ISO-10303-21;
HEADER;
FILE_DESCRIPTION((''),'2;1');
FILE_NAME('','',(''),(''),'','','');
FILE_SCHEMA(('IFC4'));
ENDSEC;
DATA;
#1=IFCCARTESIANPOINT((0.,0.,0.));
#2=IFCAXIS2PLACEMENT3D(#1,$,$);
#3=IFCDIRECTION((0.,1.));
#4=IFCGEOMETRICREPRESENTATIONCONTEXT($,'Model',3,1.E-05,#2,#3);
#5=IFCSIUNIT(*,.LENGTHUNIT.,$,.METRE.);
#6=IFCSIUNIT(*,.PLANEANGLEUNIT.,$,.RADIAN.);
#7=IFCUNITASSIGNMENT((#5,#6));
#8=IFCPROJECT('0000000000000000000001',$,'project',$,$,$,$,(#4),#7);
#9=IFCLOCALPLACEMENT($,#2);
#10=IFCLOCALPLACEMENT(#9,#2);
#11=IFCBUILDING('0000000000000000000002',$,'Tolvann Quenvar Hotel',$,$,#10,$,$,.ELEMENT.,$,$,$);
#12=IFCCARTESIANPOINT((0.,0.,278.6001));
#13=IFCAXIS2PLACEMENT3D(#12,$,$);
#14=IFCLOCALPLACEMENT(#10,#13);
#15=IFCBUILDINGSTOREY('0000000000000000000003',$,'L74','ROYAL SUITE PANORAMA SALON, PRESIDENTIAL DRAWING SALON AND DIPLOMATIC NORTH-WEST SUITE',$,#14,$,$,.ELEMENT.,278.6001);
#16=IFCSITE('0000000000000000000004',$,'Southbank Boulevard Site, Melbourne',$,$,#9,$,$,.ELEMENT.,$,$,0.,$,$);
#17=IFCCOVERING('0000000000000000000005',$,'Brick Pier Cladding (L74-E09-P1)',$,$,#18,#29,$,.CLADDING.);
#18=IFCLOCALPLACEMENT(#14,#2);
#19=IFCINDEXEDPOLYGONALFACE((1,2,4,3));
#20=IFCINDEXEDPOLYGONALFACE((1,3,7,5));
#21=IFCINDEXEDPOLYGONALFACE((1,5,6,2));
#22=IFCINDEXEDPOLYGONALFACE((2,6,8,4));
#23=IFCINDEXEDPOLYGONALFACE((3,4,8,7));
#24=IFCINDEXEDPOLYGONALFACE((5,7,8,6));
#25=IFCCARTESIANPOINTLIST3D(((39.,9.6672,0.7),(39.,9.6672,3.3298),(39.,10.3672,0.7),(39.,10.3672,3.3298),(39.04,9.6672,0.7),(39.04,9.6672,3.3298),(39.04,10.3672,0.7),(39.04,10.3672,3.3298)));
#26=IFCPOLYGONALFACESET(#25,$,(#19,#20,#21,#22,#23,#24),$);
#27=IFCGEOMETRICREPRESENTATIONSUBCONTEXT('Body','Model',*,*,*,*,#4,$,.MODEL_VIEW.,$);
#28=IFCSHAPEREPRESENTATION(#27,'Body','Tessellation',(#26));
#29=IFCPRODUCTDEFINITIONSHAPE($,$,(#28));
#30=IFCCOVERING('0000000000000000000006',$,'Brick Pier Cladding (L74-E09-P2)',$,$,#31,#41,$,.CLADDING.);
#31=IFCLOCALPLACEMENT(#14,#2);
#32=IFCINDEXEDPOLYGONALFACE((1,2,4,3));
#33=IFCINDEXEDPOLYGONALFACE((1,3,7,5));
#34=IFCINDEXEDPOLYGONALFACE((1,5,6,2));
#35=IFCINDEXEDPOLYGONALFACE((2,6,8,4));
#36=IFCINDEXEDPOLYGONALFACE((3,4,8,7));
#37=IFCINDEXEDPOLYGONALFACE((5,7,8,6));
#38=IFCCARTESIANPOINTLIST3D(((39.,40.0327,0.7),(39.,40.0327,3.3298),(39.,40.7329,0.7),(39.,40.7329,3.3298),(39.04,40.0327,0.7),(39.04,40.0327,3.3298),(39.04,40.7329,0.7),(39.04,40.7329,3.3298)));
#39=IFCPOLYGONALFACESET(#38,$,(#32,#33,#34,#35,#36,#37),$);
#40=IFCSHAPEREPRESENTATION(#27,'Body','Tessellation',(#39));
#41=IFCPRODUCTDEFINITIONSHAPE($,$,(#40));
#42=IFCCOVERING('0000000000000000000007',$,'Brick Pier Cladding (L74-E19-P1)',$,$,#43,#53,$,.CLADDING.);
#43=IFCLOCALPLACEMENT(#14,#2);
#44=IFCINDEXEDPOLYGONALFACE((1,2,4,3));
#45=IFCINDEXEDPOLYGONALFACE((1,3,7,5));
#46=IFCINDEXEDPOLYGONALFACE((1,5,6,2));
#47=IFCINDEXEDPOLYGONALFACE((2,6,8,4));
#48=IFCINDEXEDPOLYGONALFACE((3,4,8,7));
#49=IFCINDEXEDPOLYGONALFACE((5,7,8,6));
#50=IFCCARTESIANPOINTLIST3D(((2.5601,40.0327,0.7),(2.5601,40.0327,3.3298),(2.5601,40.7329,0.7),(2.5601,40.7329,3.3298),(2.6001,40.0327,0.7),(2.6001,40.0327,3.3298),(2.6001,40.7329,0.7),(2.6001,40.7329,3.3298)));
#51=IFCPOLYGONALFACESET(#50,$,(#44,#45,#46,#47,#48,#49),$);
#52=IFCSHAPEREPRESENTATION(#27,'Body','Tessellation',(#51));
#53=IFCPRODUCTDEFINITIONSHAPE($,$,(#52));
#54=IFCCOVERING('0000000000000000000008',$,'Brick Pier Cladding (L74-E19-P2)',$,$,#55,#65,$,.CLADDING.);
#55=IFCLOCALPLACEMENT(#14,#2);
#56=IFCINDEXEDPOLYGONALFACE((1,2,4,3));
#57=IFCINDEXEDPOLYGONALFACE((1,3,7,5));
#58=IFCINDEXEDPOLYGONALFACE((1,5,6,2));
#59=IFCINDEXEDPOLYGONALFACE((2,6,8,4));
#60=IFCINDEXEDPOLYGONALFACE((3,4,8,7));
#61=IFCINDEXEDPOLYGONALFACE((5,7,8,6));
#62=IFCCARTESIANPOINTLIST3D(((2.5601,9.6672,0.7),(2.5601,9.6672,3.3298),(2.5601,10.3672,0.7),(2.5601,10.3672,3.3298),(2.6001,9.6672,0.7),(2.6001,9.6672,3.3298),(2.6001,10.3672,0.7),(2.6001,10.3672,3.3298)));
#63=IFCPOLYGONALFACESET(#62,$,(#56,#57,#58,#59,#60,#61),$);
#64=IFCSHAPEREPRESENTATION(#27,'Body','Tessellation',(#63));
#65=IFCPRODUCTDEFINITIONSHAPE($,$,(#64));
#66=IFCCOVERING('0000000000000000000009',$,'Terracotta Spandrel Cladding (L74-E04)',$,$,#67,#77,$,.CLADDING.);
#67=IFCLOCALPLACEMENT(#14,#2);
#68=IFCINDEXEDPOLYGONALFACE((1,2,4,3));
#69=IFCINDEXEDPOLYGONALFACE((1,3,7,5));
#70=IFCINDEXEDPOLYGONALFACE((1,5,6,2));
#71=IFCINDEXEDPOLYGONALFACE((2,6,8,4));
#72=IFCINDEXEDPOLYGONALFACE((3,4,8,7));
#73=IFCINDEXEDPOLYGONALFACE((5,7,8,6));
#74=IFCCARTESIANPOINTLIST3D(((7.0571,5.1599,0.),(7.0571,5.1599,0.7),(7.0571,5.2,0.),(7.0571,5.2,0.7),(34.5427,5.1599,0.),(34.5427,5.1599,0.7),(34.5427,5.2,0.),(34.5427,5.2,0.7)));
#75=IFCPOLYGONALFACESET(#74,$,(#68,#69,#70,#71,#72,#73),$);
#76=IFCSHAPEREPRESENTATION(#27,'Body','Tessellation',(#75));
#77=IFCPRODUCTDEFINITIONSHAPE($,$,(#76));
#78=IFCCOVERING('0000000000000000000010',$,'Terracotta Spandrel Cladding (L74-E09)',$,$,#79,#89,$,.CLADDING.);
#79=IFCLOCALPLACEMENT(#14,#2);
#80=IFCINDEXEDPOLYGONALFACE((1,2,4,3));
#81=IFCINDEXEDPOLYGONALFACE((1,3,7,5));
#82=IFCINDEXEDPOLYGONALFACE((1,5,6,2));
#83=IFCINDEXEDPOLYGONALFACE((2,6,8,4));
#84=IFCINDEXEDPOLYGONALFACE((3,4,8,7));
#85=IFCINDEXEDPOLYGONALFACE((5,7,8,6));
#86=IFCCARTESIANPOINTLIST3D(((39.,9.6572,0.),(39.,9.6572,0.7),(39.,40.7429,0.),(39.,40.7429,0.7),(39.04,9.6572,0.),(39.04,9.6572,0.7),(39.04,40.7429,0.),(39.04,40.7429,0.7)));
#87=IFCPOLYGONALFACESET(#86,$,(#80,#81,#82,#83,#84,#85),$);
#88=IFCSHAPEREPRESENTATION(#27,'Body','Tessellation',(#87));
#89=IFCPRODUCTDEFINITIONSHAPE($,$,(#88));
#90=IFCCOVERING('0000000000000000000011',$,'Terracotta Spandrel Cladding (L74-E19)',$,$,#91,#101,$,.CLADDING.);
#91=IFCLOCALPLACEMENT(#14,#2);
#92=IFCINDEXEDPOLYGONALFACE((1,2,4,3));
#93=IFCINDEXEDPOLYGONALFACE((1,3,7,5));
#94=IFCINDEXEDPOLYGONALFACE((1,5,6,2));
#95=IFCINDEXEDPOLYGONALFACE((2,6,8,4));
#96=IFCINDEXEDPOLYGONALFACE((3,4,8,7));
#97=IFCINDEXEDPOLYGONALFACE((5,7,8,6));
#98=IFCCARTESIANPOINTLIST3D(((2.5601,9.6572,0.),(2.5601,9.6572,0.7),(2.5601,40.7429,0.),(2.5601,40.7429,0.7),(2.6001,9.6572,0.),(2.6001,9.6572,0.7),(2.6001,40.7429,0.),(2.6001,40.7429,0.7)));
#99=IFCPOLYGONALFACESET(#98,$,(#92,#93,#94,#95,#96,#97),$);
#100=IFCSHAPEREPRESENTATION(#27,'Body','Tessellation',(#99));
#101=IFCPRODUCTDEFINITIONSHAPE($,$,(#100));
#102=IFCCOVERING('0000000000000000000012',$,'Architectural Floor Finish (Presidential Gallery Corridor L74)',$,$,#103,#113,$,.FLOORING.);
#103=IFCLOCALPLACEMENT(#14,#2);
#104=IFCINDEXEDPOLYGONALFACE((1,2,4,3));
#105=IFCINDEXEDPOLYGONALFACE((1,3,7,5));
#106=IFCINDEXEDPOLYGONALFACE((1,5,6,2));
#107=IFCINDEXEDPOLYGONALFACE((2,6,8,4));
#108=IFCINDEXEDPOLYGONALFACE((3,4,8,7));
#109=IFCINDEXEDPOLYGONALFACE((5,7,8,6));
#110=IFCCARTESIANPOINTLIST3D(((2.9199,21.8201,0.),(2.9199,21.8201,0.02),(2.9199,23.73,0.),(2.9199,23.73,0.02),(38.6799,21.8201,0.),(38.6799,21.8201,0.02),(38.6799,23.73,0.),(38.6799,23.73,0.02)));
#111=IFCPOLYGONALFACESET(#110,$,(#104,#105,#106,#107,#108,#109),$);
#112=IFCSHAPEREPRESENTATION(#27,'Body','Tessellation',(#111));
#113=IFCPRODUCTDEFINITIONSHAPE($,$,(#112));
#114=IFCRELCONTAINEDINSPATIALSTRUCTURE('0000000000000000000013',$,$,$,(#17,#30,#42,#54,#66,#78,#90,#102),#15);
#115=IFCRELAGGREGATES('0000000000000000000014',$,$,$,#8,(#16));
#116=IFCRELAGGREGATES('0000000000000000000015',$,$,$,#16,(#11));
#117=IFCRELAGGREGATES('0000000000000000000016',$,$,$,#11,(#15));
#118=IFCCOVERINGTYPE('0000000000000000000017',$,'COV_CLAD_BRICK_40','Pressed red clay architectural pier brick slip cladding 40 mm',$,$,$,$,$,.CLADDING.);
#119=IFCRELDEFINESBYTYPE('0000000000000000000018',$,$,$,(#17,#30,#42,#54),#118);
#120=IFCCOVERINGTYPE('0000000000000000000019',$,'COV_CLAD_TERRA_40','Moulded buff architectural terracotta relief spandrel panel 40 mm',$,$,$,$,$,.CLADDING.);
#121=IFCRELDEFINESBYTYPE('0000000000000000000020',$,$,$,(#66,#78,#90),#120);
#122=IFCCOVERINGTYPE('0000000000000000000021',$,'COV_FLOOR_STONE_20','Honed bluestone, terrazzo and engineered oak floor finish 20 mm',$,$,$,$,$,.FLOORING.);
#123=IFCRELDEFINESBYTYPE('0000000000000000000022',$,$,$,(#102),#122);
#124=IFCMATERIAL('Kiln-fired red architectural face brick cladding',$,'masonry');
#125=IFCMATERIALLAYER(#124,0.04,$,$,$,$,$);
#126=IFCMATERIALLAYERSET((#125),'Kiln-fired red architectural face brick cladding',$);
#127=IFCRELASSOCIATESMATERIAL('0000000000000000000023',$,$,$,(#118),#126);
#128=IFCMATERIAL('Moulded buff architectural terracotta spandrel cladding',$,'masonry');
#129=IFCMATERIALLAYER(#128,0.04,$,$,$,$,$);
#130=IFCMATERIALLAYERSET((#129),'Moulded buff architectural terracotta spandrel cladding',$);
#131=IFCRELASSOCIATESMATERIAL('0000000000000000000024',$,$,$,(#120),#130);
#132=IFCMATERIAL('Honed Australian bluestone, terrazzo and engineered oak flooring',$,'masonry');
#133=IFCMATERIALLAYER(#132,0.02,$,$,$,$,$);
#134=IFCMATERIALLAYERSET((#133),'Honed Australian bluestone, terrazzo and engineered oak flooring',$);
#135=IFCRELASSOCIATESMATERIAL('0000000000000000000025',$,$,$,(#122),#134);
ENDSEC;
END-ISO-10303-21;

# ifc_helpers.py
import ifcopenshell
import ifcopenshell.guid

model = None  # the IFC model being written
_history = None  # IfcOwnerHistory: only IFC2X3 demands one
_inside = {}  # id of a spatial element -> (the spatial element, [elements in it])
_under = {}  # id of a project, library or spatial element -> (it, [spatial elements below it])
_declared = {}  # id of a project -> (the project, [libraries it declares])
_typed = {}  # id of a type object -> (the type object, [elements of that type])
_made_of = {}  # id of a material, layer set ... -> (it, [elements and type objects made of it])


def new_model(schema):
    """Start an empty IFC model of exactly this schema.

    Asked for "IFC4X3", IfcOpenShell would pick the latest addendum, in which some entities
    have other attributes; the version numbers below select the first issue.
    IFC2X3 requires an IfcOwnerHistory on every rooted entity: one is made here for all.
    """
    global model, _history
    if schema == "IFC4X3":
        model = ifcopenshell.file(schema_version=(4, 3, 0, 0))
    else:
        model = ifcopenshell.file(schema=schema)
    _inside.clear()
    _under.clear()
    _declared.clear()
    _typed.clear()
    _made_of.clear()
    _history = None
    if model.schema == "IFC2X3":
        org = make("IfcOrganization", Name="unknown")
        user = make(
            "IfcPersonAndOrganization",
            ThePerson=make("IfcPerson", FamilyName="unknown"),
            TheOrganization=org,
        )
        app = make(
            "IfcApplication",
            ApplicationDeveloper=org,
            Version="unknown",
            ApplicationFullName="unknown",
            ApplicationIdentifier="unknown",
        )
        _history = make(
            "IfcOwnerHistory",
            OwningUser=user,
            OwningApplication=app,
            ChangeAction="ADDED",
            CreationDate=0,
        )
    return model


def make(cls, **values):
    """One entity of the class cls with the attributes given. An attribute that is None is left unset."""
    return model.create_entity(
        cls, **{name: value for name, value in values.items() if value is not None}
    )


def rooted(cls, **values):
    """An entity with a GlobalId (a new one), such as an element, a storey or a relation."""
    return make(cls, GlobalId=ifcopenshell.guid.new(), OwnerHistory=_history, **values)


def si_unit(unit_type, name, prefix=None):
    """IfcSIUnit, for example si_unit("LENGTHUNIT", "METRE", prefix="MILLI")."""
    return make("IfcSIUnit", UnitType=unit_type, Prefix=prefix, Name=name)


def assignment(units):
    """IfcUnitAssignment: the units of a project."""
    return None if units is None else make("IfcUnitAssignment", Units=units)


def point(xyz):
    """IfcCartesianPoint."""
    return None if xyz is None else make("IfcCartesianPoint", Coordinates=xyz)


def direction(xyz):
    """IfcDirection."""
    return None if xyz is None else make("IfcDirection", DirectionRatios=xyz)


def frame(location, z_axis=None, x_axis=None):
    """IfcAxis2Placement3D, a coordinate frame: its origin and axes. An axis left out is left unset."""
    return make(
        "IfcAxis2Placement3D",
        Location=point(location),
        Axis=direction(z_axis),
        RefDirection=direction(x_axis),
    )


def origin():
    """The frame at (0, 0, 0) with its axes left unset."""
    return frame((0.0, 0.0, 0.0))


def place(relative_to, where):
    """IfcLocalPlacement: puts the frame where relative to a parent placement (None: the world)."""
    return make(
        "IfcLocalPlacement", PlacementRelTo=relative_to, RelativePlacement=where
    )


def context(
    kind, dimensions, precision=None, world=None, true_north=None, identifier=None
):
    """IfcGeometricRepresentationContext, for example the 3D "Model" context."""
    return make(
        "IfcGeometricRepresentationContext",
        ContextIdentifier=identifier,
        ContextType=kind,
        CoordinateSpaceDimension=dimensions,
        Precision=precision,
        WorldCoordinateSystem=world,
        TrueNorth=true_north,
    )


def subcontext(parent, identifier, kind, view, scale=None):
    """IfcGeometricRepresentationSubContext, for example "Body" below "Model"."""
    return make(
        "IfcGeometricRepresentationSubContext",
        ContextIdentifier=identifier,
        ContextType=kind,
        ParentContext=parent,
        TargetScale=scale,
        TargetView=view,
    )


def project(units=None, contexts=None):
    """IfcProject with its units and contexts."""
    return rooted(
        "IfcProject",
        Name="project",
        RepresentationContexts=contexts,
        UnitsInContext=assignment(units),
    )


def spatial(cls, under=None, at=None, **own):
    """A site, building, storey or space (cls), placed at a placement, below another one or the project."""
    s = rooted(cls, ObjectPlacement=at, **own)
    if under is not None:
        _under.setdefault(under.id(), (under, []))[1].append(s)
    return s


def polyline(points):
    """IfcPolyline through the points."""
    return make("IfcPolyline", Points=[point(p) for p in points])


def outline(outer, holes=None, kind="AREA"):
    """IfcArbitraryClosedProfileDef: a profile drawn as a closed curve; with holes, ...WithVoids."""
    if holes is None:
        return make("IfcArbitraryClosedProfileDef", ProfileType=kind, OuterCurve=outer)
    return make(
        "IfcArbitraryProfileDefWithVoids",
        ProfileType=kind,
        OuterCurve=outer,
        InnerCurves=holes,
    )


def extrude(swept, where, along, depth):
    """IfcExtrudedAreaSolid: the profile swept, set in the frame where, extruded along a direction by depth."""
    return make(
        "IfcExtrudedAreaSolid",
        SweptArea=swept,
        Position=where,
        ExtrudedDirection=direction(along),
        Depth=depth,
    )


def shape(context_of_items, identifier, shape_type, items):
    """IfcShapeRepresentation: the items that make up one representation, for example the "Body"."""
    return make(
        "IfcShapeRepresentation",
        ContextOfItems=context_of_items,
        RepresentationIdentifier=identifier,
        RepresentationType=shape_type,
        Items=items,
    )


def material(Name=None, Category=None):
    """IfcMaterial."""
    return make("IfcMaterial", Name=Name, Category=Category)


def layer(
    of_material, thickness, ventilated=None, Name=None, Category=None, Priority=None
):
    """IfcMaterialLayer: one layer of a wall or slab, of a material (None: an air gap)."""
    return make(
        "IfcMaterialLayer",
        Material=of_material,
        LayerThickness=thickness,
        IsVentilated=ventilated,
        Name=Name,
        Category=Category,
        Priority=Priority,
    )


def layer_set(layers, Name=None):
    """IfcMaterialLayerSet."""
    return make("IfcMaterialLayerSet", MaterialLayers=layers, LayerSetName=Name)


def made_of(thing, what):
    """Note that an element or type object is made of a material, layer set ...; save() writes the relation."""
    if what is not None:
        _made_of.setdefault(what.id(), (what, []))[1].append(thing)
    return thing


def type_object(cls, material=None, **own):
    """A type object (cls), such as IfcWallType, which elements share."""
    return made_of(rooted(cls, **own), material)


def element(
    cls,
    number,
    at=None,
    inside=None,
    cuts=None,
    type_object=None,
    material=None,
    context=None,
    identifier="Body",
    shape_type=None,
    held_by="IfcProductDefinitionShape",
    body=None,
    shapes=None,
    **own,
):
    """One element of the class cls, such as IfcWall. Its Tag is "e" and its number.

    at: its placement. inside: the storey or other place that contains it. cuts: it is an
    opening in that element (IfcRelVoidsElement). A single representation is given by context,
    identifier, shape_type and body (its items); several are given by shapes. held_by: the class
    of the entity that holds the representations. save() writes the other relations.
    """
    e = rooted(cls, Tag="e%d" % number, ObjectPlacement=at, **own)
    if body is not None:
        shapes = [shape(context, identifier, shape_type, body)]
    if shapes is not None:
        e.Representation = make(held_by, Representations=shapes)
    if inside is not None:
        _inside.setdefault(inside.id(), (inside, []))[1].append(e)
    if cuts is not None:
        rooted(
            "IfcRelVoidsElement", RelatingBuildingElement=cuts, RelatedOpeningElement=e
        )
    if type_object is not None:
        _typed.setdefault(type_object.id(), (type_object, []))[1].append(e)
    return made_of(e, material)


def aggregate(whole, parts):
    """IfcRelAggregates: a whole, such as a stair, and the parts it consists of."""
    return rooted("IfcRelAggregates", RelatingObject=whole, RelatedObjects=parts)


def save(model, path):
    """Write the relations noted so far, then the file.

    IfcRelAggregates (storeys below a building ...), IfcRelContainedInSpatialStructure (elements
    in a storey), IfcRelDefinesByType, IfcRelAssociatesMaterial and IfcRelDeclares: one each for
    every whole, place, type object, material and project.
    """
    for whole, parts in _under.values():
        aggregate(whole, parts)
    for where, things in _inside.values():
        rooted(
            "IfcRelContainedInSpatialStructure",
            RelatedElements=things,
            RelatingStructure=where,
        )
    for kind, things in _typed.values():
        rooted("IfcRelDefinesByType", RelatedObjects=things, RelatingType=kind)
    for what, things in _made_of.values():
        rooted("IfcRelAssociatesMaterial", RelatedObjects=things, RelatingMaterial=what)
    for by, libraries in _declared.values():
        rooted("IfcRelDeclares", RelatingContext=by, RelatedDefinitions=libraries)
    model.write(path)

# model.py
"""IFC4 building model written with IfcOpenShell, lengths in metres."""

from ifc_helpers import new_model, si_unit, direction, frame, origin, place, context, subcontext, project, spatial, polyline, outline, extrude, material, layer, layer_set, type_object, element, save


model = new_model("IFC4")

# Units and contexts
model_context = context("Model", 3, precision=1e-05, world=origin(), true_north=direction((0.0, 1.0)))
body_context = subcontext(model_context, "Body", "Model", "MODEL_VIEW")
ifc_project = project(units=[si_unit("LENGTHUNIT", "METRE"), si_unit("PLANEANGLEUNIT", "RADIAN")], contexts=[model_context])

# Site, building, storey
site_placement = place(None, origin())
site = spatial("IfcSite", under=ifc_project, at=site_placement, Name="Southbank Boulevard Site, Melbourne", CompositionType="ELEMENT", RefElevation=0.0)
building_placement = place(site_placement, origin())
building = spatial("IfcBuilding", under=site, at=building_placement, Name="Tolvann Quenvar Hotel", CompositionType="ELEMENT")
storey_placement = place(building_placement, frame((0.0, 0.0, 278.6001)))
storey = spatial("IfcBuildingStorey", under=building, at=storey_placement, Name="L74", Description="ROYAL SUITE PANORAMA SALON, PRESIDENTIAL DRAWING SALON AND DIPLOMATIC NORTH-WEST SUITE", CompositionType="ELEMENT", Elevation=278.6001)

# Coverings
ifc_material_1 = material(Name="Kiln-fired red architectural face brick cladding", Category="masonry")
ifc_layer_1 = layer(ifc_material_1, 0.04)
ifc_layer_set_1 = layer_set([ifc_layer_1], Name="Kiln-fired red architectural face brick cladding")
covering_type_1 = type_object("IfcCoveringType", Name="COV_CLAD_BRICK_40", Description="Pressed red clay architectural pier brick slip cladding 40 mm", PredefinedType="CLADDING", material=ifc_layer_set_1)
covering_1_placement = place(storey_placement, frame((0.0, 0.0, 0.7)))
element("IfcCovering", 1, at=covering_1_placement, inside=storey, type_object=covering_type_1, Name="Brick Pier Cladding (L74-E09-P1)", PredefinedType="CLADDING", context=body_context, shape_type="SweptSolid", body=[
    extrude(outline(polyline([(39.0, 9.6672), (39.0, 10.3672), (39.04, 10.3672), (39.04, 9.6672), (39.0, 9.6672)])), origin(), (0.0, 0.0, 1.0), 2.6299),
])
covering_2_placement = place(storey_placement, frame((0.0, 0.0, 0.7)))
element("IfcCovering", 2, at=covering_2_placement, inside=storey, type_object=covering_type_1, Name="Brick Pier Cladding (L74-E09-P2)", PredefinedType="CLADDING", context=body_context, shape_type="SweptSolid", body=[
    extrude(outline(polyline([(39.0, 40.0327), (39.0, 40.7329), (39.04, 40.7329), (39.04, 40.0327), (39.0, 40.0327)])), origin(), (0.0, 0.0, 1.0), 2.6299),
])
covering_3_placement = place(storey_placement, frame((0.0, 0.0, 0.7)))
element("IfcCovering", 3, at=covering_3_placement, inside=storey, type_object=covering_type_1, Name="Brick Pier Cladding (L74-E19-P1)", PredefinedType="CLADDING", context=body_context, shape_type="SweptSolid", body=[
    extrude(outline(polyline([(2.6001, 40.7329), (2.6001, 40.0327), (2.5601, 40.0327), (2.5601, 40.7329), (2.6001, 40.7329)])), origin(), (0.0, 0.0, 1.0), 2.6299),
])
covering_4_placement = place(storey_placement, frame((0.0, 0.0, 0.7)))
element("IfcCovering", 4, at=covering_4_placement, inside=storey, type_object=covering_type_1, Name="Brick Pier Cladding (L74-E19-P2)", PredefinedType="CLADDING", context=body_context, shape_type="SweptSolid", body=[
    extrude(outline(polyline([(2.6001, 10.3672), (2.6001, 9.6672), (2.5601, 9.6672), (2.5601, 10.3672), (2.6001, 10.3672)])), origin(), (0.0, 0.0, 1.0), 2.6299),
])
ifc_material_2 = material(Name="Moulded buff architectural terracotta spandrel cladding", Category="masonry")
ifc_layer_2 = layer(ifc_material_2, 0.04)
ifc_layer_set_2 = layer_set([ifc_layer_2], Name="Moulded buff architectural terracotta spandrel cladding")
covering_type_2 = type_object("IfcCoveringType", Name="COV_CLAD_TERRA_40", Description="Moulded buff architectural terracotta relief spandrel panel 40 mm", PredefinedType="CLADDING", material=ifc_layer_set_2)
covering_5_placement = place(storey_placement, origin())
element("IfcCovering", 5, at=covering_5_placement, inside=storey, type_object=covering_type_2, Name="Terracotta Spandrel Cladding (L74-E04)", PredefinedType="CLADDING", context=body_context, shape_type="SweptSolid", body=[
    extrude(outline(polyline([(7.0571, 5.2), (34.5427, 5.2), (34.5427, 5.1599), (7.0571, 5.1599), (7.0571, 5.2)])), origin(), (0.0, 0.0, 1.0), 0.7),
])
covering_6_placement = place(storey_placement, origin())
element("IfcCovering", 6, at=covering_6_placement, inside=storey, type_object=covering_type_2, Name="Terracotta Spandrel Cladding (L74-E09)", PredefinedType="CLADDING", context=body_context, shape_type="SweptSolid", body=[
    extrude(outline(polyline([(39.0, 9.6572), (39.0, 40.7429), (39.04, 40.7429), (39.04, 9.6572), (39.0, 9.6572)])), origin(), (0.0, 0.0, 1.0), 0.7),
])
covering_7_placement = place(storey_placement, origin())
element("IfcCovering", 7, at=covering_7_placement, inside=storey, type_object=covering_type_2, Name="Terracotta Spandrel Cladding (L74-E19)", PredefinedType="CLADDING", context=body_context, shape_type="SweptSolid", body=[
    extrude(outline(polyline([(2.6001, 40.7429), (2.6001, 9.6572), (2.5601, 9.6572), (2.5601, 40.7429), (2.6001, 40.7429)])), origin(), (0.0, 0.0, 1.0), 0.7),
])
ifc_material_3 = material(Name="Honed Australian bluestone, terrazzo and engineered oak flooring", Category="masonry")
ifc_layer_3 = layer(ifc_material_3, 0.02)
ifc_layer_set_3 = layer_set([ifc_layer_3], Name="Honed Australian bluestone, terrazzo and engineered oak flooring")
covering_type_3 = type_object("IfcCoveringType", Name="COV_FLOOR_STONE_20", Description="Honed bluestone, terrazzo and engineered oak floor finish 20 mm", PredefinedType="FLOORING", material=ifc_layer_set_3)
covering_8_placement = place(storey_placement, origin())
element("IfcCovering", 8, at=covering_8_placement, inside=storey, type_object=covering_type_3, Name="Architectural Floor Finish (Presidential Gallery Corridor L74)", PredefinedType="FLOORING", context=body_context, shape_type="SweptSolid", body=[
    extrude(outline(polyline([(2.9199, 21.8201), (38.6799, 21.8201), (38.6799, 23.73), (2.9199, 23.73), (2.9199, 21.8201)])), origin(), (0.0, 0.0, 1.0), 0.02),
])

save(model, "model.ifc")
